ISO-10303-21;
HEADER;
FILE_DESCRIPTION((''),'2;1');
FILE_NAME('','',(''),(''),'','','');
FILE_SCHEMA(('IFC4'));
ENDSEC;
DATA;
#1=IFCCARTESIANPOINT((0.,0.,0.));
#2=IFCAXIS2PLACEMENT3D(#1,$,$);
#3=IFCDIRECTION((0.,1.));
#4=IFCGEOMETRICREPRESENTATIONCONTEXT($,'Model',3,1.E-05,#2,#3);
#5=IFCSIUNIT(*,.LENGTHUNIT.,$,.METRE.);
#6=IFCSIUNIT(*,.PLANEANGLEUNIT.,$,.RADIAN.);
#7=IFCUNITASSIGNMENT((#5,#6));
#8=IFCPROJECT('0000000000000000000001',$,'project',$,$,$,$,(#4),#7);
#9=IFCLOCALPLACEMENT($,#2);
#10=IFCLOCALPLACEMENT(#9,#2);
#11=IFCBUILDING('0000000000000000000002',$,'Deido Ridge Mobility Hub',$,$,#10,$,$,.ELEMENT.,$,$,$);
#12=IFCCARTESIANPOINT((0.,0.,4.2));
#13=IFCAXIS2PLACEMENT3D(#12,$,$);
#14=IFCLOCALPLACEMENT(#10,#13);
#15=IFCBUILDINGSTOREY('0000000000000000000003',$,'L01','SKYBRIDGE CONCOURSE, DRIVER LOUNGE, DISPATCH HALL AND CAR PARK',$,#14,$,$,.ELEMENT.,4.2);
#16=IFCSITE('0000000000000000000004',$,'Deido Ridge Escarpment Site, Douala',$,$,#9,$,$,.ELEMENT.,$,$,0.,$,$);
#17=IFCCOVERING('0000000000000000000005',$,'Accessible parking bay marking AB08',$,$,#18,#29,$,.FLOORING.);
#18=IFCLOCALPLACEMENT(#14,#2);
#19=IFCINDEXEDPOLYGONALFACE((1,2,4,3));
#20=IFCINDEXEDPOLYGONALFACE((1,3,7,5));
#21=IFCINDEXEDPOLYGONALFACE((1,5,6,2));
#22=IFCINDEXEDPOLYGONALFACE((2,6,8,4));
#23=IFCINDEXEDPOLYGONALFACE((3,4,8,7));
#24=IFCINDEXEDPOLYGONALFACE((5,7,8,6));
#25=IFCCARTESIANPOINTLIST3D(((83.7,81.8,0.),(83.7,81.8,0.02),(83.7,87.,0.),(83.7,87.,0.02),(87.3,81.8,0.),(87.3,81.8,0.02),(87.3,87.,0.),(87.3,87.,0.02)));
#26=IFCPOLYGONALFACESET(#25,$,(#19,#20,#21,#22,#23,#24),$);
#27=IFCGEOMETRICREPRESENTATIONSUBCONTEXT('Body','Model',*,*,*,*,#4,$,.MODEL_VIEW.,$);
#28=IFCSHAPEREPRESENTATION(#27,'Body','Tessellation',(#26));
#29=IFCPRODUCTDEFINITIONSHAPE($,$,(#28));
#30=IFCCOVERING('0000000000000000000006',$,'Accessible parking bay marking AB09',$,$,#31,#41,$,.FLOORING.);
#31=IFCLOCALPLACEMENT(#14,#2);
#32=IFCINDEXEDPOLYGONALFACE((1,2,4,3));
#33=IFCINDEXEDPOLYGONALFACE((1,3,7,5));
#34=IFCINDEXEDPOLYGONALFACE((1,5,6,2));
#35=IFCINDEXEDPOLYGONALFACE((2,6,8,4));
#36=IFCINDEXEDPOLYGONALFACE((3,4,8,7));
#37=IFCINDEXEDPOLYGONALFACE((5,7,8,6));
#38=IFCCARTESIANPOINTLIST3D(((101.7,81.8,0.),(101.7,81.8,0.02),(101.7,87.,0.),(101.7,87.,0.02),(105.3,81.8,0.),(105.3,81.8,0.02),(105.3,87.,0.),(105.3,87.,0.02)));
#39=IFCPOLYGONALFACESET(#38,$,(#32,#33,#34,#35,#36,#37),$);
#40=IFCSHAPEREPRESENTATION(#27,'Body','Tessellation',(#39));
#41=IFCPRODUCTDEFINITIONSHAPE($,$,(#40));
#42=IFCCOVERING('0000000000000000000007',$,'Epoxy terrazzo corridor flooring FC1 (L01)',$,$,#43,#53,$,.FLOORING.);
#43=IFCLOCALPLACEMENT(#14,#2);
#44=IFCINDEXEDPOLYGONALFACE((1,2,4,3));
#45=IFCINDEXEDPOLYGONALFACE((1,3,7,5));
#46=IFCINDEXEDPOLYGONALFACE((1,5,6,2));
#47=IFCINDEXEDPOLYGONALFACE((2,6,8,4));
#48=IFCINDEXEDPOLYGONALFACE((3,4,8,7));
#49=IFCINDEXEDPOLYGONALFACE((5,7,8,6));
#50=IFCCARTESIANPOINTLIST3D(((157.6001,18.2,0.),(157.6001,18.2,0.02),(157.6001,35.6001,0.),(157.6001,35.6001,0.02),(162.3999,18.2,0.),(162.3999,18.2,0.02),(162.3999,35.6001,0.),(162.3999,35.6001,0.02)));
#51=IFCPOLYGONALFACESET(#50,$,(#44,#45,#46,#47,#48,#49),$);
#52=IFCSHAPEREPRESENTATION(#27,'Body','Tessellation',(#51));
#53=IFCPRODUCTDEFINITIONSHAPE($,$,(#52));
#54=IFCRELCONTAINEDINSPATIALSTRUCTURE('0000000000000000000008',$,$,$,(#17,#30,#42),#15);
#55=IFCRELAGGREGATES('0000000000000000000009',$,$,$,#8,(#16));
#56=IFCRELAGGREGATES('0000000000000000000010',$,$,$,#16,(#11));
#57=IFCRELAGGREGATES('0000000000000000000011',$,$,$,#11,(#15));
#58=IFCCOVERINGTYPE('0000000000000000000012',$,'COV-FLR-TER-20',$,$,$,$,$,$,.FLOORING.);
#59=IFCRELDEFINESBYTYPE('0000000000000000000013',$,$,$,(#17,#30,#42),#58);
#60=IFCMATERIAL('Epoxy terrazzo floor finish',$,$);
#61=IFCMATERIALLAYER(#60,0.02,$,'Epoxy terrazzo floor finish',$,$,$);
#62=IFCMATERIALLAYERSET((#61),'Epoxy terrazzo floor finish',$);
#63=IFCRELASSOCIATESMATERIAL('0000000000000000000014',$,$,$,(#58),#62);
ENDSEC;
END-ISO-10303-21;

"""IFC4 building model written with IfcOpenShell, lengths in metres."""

from ifc_helpers import new_model, si_unit, direction, frame, origin, place, context, subcontext, project, spatial, polyline, outline, extrude, material, layer, layer_set, type_object, element, save


model = new_model("IFC4")

# Units and contexts
model_context = context("Model", 3, precision=1e-05, world=origin(), true_north=direction((0.0, 1.0)))
body_context = subcontext(model_context, "Body", "Model", "MODEL_VIEW")
ifc_project = project(units=[si_unit("LENGTHUNIT", "METRE"), si_unit("PLANEANGLEUNIT", "RADIAN")], contexts=[model_context])

# Site, building, storey
site_placement = place(None, origin())
site = spatial("IfcSite", under=ifc_project, at=site_placement, Name="Deido Ridge Escarpment Site, Douala", CompositionType="ELEMENT", RefElevation=0.0)
building_placement = place(site_placement, origin())
building = spatial("IfcBuilding", under=site, at=building_placement, Name="Deido Ridge Mobility Hub", CompositionType="ELEMENT")
storey_placement = place(building_placement, frame((0.0, 0.0, 4.2)))
storey = spatial("IfcBuildingStorey", under=building, at=storey_placement, Name="L01", Description="SKYBRIDGE CONCOURSE, DRIVER LOUNGE, DISPATCH HALL AND CAR PARK", CompositionType="ELEMENT", Elevation=4.2)

# Coverings
ifc_material_1 = material(Name="Epoxy terrazzo floor finish")
ifc_layer_1 = layer(ifc_material_1, 0.02, Name="Epoxy terrazzo floor finish")
ifc_layer_set_1 = layer_set([ifc_layer_1], Name="Epoxy terrazzo floor finish")
covering_type_1 = type_object("IfcCoveringType", Name="COV-FLR-TER-20", PredefinedType="FLOORING", material=ifc_layer_set_1)
covering_1_placement = place(storey_placement, origin())
element("IfcCovering", 1, at=covering_1_placement, inside=storey, type_object=covering_type_1, Name="Accessible parking bay marking AB08", PredefinedType="FLOORING", context=body_context, shape_type="SweptSolid", body=[
    extrude(outline(polyline([(83.7, 81.8), (87.3, 81.8), (87.3, 87.0), (83.7, 87.0), (83.7, 81.8)])), origin(), (0.0, 0.0, 1.0), 0.02),
])
covering_2_placement = place(storey_placement, origin())
element("IfcCovering", 2, at=covering_2_placement, inside=storey, type_object=covering_type_1, Name="Accessible parking bay marking AB09", PredefinedType="FLOORING", context=body_context, shape_type="SweptSolid", body=[
    extrude(outline(polyline([(101.7, 81.8), (105.3, 81.8), (105.3, 87.0), (101.7, 87.0), (101.7, 81.8)])), origin(), (0.0, 0.0, 1.0), 0.02),
])
covering_3_placement = place(storey_placement, origin())
element("IfcCovering", 3, at=covering_3_placement, inside=storey, type_object=covering_type_1, Name="Epoxy terrazzo corridor flooring FC1 (L01)", PredefinedType="FLOORING", context=body_context, shape_type="SweptSolid", body=[
    extrude(outline(polyline([(157.6001, 18.2), (162.3999, 18.2), (162.3999, 35.6001), (157.6001, 35.6001), (157.6001, 18.2)])), origin(), (0.0, 0.0, 1.0), 0.02),
])

save(model, "model.ifc")
